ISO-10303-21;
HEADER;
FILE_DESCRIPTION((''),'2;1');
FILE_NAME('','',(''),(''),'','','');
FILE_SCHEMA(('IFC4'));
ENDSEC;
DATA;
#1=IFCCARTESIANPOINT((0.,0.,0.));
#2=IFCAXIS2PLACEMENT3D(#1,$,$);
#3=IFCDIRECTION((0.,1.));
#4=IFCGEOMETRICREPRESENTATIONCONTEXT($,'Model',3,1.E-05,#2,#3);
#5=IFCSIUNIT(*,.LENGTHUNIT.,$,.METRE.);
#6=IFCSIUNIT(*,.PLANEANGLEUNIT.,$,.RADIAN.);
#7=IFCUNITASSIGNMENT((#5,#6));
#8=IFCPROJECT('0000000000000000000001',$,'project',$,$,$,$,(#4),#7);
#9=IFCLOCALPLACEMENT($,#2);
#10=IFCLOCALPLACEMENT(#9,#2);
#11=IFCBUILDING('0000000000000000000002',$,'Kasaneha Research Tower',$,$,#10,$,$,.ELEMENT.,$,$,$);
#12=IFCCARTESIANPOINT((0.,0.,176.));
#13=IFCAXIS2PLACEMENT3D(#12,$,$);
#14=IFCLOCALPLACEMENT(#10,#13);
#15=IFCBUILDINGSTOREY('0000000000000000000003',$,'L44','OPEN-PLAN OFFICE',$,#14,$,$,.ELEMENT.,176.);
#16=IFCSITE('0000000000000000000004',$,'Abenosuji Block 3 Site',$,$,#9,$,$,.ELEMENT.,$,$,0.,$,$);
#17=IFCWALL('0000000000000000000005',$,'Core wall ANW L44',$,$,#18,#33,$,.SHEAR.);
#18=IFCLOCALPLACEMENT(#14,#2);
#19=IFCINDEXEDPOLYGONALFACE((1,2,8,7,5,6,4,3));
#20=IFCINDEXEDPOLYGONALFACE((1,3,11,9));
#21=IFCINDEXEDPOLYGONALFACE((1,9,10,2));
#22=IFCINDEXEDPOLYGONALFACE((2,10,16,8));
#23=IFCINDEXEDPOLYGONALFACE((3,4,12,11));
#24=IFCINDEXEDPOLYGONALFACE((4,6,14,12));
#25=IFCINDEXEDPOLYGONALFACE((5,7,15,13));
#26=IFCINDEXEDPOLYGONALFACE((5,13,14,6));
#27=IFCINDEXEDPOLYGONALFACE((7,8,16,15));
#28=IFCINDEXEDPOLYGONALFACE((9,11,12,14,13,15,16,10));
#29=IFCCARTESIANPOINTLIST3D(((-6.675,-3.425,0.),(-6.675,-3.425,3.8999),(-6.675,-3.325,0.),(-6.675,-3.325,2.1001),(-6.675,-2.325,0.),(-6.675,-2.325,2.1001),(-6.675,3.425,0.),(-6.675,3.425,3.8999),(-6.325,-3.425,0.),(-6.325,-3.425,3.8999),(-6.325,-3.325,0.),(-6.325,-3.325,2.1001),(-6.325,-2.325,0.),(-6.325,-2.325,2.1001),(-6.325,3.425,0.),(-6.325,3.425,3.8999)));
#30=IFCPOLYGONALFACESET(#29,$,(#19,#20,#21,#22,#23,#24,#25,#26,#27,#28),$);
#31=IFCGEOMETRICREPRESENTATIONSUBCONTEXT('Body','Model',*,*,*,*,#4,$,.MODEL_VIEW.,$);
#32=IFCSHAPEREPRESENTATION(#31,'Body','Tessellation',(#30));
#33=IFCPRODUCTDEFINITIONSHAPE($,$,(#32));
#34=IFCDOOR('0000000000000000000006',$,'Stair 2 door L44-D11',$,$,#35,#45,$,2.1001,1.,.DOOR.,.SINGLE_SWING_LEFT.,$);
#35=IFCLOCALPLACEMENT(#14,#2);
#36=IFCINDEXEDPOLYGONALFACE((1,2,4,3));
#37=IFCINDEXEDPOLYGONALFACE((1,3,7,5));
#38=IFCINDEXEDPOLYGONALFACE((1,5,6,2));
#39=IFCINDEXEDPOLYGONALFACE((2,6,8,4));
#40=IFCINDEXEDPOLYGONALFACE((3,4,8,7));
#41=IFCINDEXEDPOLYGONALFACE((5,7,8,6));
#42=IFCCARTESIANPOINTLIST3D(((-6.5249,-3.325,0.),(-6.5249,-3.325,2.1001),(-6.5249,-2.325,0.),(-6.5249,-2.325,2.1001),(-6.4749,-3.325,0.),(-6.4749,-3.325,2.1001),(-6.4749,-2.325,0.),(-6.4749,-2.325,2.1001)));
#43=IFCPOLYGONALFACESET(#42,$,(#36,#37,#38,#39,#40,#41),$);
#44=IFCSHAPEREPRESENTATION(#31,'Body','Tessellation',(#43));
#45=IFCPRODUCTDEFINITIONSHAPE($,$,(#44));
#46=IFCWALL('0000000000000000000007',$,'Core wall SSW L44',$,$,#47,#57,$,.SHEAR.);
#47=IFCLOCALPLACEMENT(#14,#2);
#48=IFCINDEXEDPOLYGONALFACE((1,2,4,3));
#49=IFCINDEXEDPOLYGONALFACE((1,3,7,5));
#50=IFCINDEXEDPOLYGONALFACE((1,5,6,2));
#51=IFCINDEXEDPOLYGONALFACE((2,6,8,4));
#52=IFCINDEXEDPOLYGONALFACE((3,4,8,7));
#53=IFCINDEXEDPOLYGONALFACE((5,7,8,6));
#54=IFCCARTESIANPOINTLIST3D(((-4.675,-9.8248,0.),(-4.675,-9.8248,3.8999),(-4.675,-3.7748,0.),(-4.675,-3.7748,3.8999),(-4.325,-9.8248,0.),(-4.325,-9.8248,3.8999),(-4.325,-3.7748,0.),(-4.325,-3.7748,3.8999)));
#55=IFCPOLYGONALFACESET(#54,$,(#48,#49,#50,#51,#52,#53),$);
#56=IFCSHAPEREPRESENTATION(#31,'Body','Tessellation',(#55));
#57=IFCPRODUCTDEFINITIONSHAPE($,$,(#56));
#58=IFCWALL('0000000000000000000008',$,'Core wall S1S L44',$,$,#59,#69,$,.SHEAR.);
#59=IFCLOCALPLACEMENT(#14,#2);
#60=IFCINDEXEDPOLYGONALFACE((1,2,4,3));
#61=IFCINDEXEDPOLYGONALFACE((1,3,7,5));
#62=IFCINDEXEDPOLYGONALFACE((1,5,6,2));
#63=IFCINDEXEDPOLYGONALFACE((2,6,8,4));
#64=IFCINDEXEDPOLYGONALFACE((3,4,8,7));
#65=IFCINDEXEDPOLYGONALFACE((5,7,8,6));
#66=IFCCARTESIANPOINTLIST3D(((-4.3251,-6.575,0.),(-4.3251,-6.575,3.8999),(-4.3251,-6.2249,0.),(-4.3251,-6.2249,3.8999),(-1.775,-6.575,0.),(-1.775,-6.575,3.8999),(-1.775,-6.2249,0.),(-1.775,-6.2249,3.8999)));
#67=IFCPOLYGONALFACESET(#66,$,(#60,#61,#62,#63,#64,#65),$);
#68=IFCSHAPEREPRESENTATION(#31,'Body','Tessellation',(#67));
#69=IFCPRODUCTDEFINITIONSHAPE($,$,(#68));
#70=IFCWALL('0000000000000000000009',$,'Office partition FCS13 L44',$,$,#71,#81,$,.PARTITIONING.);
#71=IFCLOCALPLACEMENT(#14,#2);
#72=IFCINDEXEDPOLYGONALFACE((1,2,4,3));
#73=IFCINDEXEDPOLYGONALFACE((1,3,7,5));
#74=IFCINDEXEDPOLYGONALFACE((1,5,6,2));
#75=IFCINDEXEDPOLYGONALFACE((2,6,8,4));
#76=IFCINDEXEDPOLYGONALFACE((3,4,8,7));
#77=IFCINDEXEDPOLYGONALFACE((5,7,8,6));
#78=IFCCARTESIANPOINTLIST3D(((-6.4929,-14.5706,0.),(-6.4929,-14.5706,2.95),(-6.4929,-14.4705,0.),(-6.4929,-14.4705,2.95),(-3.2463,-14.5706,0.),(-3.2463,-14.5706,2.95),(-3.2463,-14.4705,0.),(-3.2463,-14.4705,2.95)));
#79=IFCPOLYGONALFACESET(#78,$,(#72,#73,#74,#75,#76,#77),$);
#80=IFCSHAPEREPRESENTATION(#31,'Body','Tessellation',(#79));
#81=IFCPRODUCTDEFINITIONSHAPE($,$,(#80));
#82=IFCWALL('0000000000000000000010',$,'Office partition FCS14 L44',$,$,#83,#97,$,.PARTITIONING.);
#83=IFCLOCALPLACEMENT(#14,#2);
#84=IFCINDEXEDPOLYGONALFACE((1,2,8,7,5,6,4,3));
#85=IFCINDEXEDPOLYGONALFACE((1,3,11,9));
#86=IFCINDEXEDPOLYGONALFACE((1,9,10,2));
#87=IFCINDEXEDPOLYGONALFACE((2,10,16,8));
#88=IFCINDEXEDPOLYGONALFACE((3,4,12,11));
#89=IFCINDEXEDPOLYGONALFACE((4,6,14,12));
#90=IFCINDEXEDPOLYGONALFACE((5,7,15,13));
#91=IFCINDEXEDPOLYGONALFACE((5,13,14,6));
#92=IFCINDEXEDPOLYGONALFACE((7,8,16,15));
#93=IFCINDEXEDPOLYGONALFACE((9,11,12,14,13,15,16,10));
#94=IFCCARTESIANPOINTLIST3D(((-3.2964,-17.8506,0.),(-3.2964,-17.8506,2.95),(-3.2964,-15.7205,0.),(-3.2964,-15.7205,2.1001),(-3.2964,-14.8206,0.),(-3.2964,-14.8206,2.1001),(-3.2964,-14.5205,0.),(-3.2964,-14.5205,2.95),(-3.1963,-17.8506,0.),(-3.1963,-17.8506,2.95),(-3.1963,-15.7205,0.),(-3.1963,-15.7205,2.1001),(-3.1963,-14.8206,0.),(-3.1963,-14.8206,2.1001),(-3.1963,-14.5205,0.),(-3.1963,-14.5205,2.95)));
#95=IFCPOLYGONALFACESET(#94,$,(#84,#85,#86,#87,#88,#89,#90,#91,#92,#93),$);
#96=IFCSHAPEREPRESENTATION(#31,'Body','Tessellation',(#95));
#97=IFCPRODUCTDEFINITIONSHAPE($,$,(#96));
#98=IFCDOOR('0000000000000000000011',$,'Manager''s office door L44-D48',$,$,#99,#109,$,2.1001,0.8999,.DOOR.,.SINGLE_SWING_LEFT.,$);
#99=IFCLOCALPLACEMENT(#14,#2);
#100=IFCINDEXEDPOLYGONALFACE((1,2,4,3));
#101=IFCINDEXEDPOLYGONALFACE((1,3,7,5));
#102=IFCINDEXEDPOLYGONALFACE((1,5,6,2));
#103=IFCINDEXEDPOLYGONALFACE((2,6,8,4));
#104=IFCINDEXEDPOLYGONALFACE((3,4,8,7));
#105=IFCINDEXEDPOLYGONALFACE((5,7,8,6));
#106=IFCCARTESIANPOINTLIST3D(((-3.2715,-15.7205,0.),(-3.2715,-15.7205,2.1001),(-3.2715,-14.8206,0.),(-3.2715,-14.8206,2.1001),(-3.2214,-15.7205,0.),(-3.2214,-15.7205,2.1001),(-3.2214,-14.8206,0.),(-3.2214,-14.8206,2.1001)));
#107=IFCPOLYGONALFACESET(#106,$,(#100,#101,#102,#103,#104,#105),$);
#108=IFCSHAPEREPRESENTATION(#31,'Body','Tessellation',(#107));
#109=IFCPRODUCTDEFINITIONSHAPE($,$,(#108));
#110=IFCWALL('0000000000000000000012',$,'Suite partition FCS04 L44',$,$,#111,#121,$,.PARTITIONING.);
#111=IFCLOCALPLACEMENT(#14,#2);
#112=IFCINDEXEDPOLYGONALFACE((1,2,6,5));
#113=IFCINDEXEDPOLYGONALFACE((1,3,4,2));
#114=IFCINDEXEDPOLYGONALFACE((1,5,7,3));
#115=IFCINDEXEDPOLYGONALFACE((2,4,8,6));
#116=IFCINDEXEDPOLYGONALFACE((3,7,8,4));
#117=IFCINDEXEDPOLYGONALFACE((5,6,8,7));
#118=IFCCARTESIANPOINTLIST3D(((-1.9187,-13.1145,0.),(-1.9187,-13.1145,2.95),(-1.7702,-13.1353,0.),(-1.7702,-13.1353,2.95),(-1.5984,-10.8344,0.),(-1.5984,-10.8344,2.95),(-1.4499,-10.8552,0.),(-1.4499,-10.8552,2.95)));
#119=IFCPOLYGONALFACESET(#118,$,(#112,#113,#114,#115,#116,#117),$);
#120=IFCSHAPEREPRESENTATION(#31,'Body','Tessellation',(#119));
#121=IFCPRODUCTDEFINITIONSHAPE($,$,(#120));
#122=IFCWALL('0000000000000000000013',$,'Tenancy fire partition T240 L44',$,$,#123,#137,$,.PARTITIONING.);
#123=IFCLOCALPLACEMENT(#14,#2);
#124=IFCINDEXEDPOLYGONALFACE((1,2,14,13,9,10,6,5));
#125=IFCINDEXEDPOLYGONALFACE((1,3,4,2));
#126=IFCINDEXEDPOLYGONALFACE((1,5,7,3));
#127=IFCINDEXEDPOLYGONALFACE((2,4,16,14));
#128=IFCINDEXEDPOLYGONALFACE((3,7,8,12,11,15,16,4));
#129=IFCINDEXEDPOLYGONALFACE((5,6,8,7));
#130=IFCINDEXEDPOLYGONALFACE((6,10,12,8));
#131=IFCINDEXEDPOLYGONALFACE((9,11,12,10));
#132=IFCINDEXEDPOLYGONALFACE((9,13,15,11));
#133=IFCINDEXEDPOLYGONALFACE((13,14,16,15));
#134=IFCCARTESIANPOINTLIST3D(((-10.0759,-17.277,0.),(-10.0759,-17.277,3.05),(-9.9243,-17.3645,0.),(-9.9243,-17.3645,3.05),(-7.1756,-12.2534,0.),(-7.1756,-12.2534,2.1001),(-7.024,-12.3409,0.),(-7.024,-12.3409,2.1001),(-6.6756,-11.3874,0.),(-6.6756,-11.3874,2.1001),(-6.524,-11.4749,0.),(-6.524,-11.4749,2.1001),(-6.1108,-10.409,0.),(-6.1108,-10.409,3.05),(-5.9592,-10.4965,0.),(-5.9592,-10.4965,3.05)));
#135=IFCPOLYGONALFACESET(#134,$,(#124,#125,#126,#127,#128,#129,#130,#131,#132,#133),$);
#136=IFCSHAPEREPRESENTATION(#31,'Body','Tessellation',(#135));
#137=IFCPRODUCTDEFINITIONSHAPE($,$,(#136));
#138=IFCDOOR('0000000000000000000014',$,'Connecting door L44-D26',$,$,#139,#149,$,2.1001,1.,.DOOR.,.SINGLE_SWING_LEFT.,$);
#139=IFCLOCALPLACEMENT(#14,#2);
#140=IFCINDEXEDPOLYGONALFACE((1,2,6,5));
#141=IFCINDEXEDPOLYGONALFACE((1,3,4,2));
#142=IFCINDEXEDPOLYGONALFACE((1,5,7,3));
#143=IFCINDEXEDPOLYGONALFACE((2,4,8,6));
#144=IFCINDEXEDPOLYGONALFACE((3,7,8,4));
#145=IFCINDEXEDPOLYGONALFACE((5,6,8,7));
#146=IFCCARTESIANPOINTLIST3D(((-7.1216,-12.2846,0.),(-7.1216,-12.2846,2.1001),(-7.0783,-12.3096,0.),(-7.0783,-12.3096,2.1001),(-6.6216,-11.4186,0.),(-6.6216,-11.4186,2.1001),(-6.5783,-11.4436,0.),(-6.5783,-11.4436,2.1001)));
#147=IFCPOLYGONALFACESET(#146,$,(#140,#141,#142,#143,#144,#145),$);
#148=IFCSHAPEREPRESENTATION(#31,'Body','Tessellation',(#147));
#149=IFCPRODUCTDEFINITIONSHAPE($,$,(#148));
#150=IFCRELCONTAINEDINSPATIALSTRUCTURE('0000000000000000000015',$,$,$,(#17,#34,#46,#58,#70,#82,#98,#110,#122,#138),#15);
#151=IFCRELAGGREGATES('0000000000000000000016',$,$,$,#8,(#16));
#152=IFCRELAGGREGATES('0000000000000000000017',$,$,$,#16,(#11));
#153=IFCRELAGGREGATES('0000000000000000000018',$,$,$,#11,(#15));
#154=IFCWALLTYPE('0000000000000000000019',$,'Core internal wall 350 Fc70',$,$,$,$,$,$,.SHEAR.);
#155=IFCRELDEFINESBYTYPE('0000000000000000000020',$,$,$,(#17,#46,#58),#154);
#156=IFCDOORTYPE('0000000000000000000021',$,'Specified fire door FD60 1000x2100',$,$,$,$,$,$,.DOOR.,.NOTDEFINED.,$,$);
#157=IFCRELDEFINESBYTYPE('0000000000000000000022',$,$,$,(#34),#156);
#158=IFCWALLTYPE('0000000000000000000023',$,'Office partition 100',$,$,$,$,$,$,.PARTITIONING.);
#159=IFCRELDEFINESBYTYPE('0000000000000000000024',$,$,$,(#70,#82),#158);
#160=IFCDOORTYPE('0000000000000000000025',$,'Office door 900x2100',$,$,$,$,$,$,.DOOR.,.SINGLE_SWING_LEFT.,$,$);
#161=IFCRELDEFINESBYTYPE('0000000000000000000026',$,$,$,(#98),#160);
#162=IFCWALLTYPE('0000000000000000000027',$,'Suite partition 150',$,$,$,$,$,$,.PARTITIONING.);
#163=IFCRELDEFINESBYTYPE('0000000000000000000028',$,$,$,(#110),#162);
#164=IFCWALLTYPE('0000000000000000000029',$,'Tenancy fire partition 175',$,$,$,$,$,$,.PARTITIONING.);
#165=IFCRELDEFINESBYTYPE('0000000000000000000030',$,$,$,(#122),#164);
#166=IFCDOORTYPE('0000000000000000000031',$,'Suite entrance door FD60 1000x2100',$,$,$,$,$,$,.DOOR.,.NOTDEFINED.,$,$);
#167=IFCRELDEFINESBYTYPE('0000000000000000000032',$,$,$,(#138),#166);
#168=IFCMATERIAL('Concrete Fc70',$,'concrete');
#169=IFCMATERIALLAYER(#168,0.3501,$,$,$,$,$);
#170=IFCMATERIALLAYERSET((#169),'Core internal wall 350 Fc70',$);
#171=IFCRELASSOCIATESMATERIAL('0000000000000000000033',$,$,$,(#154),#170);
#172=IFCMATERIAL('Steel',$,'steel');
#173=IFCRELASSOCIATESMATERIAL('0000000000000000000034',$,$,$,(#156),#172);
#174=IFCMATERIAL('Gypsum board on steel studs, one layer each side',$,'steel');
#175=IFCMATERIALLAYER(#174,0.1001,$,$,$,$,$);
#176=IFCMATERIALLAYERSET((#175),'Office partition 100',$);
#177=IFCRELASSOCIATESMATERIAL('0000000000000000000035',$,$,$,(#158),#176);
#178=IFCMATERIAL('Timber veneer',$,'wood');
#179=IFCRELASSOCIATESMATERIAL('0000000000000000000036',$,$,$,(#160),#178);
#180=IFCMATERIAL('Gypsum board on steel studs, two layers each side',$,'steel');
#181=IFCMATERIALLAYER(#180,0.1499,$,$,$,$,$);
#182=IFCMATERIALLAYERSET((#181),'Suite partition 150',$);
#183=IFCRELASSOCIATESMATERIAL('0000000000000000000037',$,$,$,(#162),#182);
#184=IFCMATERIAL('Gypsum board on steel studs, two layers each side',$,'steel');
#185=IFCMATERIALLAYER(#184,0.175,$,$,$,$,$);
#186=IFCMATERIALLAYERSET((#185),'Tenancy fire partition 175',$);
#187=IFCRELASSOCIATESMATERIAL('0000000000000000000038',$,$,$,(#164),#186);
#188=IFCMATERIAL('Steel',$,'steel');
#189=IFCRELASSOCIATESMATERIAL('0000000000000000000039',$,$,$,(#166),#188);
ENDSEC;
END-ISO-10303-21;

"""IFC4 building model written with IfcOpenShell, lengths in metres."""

from ifc_helpers import new_model, si_unit, direction, frame, frame_2d, origin, place, context, subcontext, project, spatial, rectangle, extrude, material, layer, layer_set, type_object, element, fill, save


model = new_model("IFC4")

# Units and contexts
model_context = context("Model", 3, precision=1e-05, world=origin(), true_north=direction((0.0, 1.0)))
body_context = subcontext(model_context, "Body", "Model", "MODEL_VIEW")
ifc_project = project(units=[si_unit("LENGTHUNIT", "METRE"), si_unit("PLANEANGLEUNIT", "RADIAN")], contexts=[model_context])

# Site, building, storey
site_placement = place(None, origin())
site = spatial("IfcSite", under=ifc_project, at=site_placement, Name="Abenosuji Block 3 Site", CompositionType="ELEMENT", RefElevation=0.0)
building_placement = place(site_placement, origin())
building = spatial("IfcBuilding", under=site, at=building_placement, Name="Kasaneha Research Tower", CompositionType="ELEMENT")
storey_placement = place(building_placement, frame((0.0, 0.0, 176.0)))
storey = spatial("IfcBuildingStorey", under=building, at=storey_placement, Name="L44", Description="OPEN-PLAN OFFICE", CompositionType="ELEMENT", Elevation=176.0)

# Wall, opening, door
ifc_material_1 = material(Name="Concrete Fc70", Category="concrete")
ifc_layer_1 = layer(ifc_material_1, 0.3501)
ifc_layer_set_1 = layer_set([ifc_layer_1], Name="Core internal wall 350 Fc70")
wall_type_1 = type_object("IfcWallType", Name="Core internal wall 350 Fc70", PredefinedType="SHEAR", material=ifc_layer_set_1)
ifc_material_2 = material(Name="Steel", Category="steel")
door_type_1 = type_object("IfcDoorType", Name="Specified fire door FD60 1000x2100", OperationType="NOTDEFINED", PredefinedType="DOOR", material=ifc_material_2)
wall_1_placement = place(storey_placement, frame((-6.5, -3.425, 0.0), z_axis=(0.0, 0.0, 1.0), x_axis=(0.0, 1.0, 0.0)))
wall_1 = element("IfcWall", 1, at=wall_1_placement, inside=storey, type_object=wall_type_1, Name="Core wall ANW L44", PredefinedType="SHEAR", context=body_context, shape_type="SweptSolid", body=[
    extrude(rectangle(XDim=6.8501, YDim=0.3501, at=frame_2d((3.425, 0.0))), origin(), (0.0, 0.0, 1.0), 3.8999),
])
opening_1_placement = place(wall_1_placement, frame((0.1001, 0.0, 0.0)))
opening_1 = element("IfcOpeningElement", 2, at=opening_1_placement, cuts=wall_1, PredefinedType="OPENING", context=body_context, shape_type="SweptSolid", body=[
    extrude(rectangle(XDim=1.0, YDim=2.1001, at=frame_2d((0.5, 1.05))), frame((0.0, 0.1851, 0.0), z_axis=(0.0, -1.0, 0.0), x_axis=(1.0, 0.0, 0.0)), (0.0, 0.0, 1.0), 0.3701),
])
door_1_placement = place(opening_1_placement, origin())
door_1 = element("IfcDoor", 3, at=door_1_placement, inside=storey, type_object=door_type_1, Name="Stair 2 door L44-D11", OperationType="SINGLE_SWING_LEFT", OverallHeight=2.1001, OverallWidth=1.0, PredefinedType="DOOR", context=body_context, shape_type="SweptSolid", body=[
    extrude(rectangle(XDim=1.0, YDim=2.1001, at=frame_2d((0.5, 1.05))), frame((0.0, 0.0249, 0.0), z_axis=(0.0, -1.0, 0.0), x_axis=(1.0, 0.0, 0.0)), (0.0, 0.0, 1.0), 0.05),
])
fill(opening_1, door_1)

# Walls
wall_2_placement = place(storey_placement, frame((-4.5, -3.7749, 0.0), z_axis=(0.0, 0.0, 1.0), x_axis=(0.0, -1.0, 0.0)))
element("IfcWall", 4, at=wall_2_placement, inside=storey, type_object=wall_type_1, Name="Core wall SSW L44", PredefinedType="SHEAR", context=body_context, shape_type="SweptSolid", body=[
    extrude(rectangle(XDim=6.05, YDim=0.3501, at=frame_2d((3.0249, 0.0))), origin(), (0.0, 0.0, 1.0), 3.8999),
])
wall_3_placement = place(storey_placement, frame((-4.325, -6.3999, 0.0), z_axis=(0.0, 0.0, 1.0), x_axis=(1.0, 0.0, 0.0)))
element("IfcWall", 5, at=wall_3_placement, inside=storey, type_object=wall_type_1, Name="Core wall S1S L44", PredefinedType="SHEAR", context=body_context, shape_type="SweptSolid", body=[
    extrude(rectangle(XDim=2.55, YDim=0.3501, at=frame_2d((1.2749, 0.0))), origin(), (0.0, 0.0, 1.0), 3.8999),
])

# Wall
ifc_material_3 = material(Name="Gypsum board on steel studs, one layer each side", Category="steel")
ifc_layer_2 = layer(ifc_material_3, 0.1001)
ifc_layer_set_2 = layer_set([ifc_layer_2], Name="Office partition 100")
wall_type_2 = type_object("IfcWallType", Name="Office partition 100", PredefinedType="PARTITIONING", material=ifc_layer_set_2)
wall_4_placement = place(storey_placement, frame((-6.4929, -14.5205, 0.0), z_axis=(0.0, 0.0, 1.0), x_axis=(1.0, 0.0, 0.0)))
element("IfcWall", 6, at=wall_4_placement, inside=storey, type_object=wall_type_2, Name="Office partition FCS13 L44", PredefinedType="PARTITIONING", context=body_context, shape_type="SweptSolid", body=[
    extrude(rectangle(XDim=3.2466, YDim=0.1001, at=frame_2d((1.6233, 0.0))), origin(), (0.0, 0.0, 1.0), 2.95),
])

# Wall, opening, door
wall_5_placement = place(storey_placement, frame((-3.2463, -14.5205, 0.0), z_axis=(0.0, 0.0, 1.0), x_axis=(0.0, -1.0, 0.0)))
wall_5 = element("IfcWall", 7, at=wall_5_placement, inside=storey, type_object=wall_type_2, Name="Office partition FCS14 L44", PredefinedType="PARTITIONING", context=body_context, shape_type="SweptSolid", body=[
    extrude(rectangle(XDim=3.3301, YDim=0.1001, at=frame_2d((1.665, 0.0))), origin(), (0.0, 0.0, 1.0), 2.95),
])
opening_2_placement = place(wall_5_placement, frame((0.3, 0.0, 0.0)))
opening_2 = element("IfcOpeningElement", 8, at=opening_2_placement, cuts=wall_5, PredefinedType="OPENING", context=body_context, shape_type="SweptSolid", body=[
    extrude(rectangle(XDim=0.8999, YDim=2.1001, at=frame_2d((0.45, 1.05))), frame((0.0, 0.0601, 0.0), z_axis=(0.0, -1.0, 0.0), x_axis=(1.0, 0.0, 0.0)), (0.0, 0.0, 1.0), 0.1201),
])
ifc_material_4 = material(Name="Timber veneer", Category="wood")
door_type_2 = type_object("IfcDoorType", Name="Office door 900x2100", OperationType="SINGLE_SWING_LEFT", PredefinedType="DOOR", material=ifc_material_4)
door_2_placement = place(opening_2_placement, origin())
door_2 = element("IfcDoor", 9, at=door_2_placement, inside=storey, type_object=door_type_2, Name="Manager's office door L44-D48", OperationType="SINGLE_SWING_LEFT", OverallHeight=2.1001, OverallWidth=0.8999, PredefinedType="DOOR", context=body_context, shape_type="SweptSolid", body=[
    extrude(rectangle(XDim=0.8999, YDim=2.1001, at=frame_2d((0.45, 1.05))), frame((0.0, 0.0249, 0.0), z_axis=(0.0, -1.0, 0.0), x_axis=(1.0, 0.0, 0.0)), (0.0, 0.0, 1.0), 0.05),
])
fill(opening_2, door_2)

# Wall
ifc_material_5 = material(Name="Gypsum board on steel studs, two layers each side", Category="steel")
ifc_layer_3 = layer(ifc_material_5, 0.1499)
ifc_layer_set_3 = layer_set([ifc_layer_3], Name="Suite partition 150")
wall_type_3 = type_object("IfcWallType", Name="Suite partition 150", PredefinedType="PARTITIONING", material=ifc_layer_set_3)
wall_6_placement = place(storey_placement, frame((-1.8445, -13.125, 0.0), z_axis=(0.0, 0.0, 1.0), x_axis=(0.13912, 0.990276, 0.0)))
element("IfcWall", 10, at=wall_6_placement, inside=storey, type_object=wall_type_3, Name="Suite partition FCS04 L44", PredefinedType="PARTITIONING", context=body_context, shape_type="SweptSolid", body=[
    extrude(rectangle(XDim=2.3025, YDim=0.1499, at=frame_2d((1.1514, 0.0))), origin(), (0.0, 0.0, 1.0), 2.95),
])

# Wall, opening, door
ifc_material_6 = material(Name="Gypsum board on steel studs, two layers each side", Category="steel")
ifc_layer_4 = layer(ifc_material_6, 0.175)
ifc_layer_set_4 = layer_set([ifc_layer_4], Name="Tenancy fire partition 175")
wall_type_4 = type_object("IfcWallType", Name="Tenancy fire partition 175", PredefinedType="PARTITIONING", material=ifc_layer_set_4)
wall_7_placement = place(storey_placement, frame((-6.0349, -10.4526, 0.0), z_axis=(0.0, 0.0, 1.0), x_axis=(-0.49999, -0.866031, 0.0)))
wall_7 = element("IfcWall", 11, at=wall_7_placement, inside=storey, type_object=wall_type_4, Name="Tenancy fire partition T240 L44", PredefinedType="PARTITIONING", context=body_context, shape_type="SweptSolid", body=[
    extrude(rectangle(XDim=7.9304, YDim=0.175, at=frame_2d((3.9653, 0.0))), origin(), (0.0, 0.0, 1.0), 3.05),
])
opening_3_placement = place(wall_7_placement, frame((1.1299, 0.0, 0.0)))
opening_3 = element("IfcOpeningElement", 12, at=opening_3_placement, cuts=wall_7, PredefinedType="OPENING", context=body_context, shape_type="SweptSolid", body=[
    extrude(rectangle(XDim=1.0, YDim=2.1001, at=frame_2d((0.5, 1.05))), frame((0.0, 0.0977, 0.0), z_axis=(0.0, -1.0, 0.0), x_axis=(1.0, 0.0, 0.0)), (0.0, 0.0, 1.0), 0.1951),
])
ifc_material_7 = material(Name="Steel", Category="steel")
door_type_3 = type_object("IfcDoorType", Name="Suite entrance door FD60 1000x2100", OperationType="NOTDEFINED", PredefinedType="DOOR", material=ifc_material_7)
door_3_placement = place(opening_3_placement, origin())
door_3 = element("IfcDoor", 13, at=door_3_placement, inside=storey, type_object=door_type_3, Name="Connecting door L44-D26", OperationType="SINGLE_SWING_LEFT", OverallHeight=2.1001, OverallWidth=1.0, PredefinedType="DOOR", context=body_context, shape_type="SweptSolid", body=[
    extrude(rectangle(XDim=1.0, YDim=2.1001, at=frame_2d((0.5, 1.05))), frame((0.0, 0.0249, 0.0), z_axis=(0.0, -1.0, 0.0), x_axis=(1.0, 0.0, 0.0)), (0.0, 0.0, 1.0), 0.05),
])
fill(opening_3, door_3)

save(model, "model.ifc")
